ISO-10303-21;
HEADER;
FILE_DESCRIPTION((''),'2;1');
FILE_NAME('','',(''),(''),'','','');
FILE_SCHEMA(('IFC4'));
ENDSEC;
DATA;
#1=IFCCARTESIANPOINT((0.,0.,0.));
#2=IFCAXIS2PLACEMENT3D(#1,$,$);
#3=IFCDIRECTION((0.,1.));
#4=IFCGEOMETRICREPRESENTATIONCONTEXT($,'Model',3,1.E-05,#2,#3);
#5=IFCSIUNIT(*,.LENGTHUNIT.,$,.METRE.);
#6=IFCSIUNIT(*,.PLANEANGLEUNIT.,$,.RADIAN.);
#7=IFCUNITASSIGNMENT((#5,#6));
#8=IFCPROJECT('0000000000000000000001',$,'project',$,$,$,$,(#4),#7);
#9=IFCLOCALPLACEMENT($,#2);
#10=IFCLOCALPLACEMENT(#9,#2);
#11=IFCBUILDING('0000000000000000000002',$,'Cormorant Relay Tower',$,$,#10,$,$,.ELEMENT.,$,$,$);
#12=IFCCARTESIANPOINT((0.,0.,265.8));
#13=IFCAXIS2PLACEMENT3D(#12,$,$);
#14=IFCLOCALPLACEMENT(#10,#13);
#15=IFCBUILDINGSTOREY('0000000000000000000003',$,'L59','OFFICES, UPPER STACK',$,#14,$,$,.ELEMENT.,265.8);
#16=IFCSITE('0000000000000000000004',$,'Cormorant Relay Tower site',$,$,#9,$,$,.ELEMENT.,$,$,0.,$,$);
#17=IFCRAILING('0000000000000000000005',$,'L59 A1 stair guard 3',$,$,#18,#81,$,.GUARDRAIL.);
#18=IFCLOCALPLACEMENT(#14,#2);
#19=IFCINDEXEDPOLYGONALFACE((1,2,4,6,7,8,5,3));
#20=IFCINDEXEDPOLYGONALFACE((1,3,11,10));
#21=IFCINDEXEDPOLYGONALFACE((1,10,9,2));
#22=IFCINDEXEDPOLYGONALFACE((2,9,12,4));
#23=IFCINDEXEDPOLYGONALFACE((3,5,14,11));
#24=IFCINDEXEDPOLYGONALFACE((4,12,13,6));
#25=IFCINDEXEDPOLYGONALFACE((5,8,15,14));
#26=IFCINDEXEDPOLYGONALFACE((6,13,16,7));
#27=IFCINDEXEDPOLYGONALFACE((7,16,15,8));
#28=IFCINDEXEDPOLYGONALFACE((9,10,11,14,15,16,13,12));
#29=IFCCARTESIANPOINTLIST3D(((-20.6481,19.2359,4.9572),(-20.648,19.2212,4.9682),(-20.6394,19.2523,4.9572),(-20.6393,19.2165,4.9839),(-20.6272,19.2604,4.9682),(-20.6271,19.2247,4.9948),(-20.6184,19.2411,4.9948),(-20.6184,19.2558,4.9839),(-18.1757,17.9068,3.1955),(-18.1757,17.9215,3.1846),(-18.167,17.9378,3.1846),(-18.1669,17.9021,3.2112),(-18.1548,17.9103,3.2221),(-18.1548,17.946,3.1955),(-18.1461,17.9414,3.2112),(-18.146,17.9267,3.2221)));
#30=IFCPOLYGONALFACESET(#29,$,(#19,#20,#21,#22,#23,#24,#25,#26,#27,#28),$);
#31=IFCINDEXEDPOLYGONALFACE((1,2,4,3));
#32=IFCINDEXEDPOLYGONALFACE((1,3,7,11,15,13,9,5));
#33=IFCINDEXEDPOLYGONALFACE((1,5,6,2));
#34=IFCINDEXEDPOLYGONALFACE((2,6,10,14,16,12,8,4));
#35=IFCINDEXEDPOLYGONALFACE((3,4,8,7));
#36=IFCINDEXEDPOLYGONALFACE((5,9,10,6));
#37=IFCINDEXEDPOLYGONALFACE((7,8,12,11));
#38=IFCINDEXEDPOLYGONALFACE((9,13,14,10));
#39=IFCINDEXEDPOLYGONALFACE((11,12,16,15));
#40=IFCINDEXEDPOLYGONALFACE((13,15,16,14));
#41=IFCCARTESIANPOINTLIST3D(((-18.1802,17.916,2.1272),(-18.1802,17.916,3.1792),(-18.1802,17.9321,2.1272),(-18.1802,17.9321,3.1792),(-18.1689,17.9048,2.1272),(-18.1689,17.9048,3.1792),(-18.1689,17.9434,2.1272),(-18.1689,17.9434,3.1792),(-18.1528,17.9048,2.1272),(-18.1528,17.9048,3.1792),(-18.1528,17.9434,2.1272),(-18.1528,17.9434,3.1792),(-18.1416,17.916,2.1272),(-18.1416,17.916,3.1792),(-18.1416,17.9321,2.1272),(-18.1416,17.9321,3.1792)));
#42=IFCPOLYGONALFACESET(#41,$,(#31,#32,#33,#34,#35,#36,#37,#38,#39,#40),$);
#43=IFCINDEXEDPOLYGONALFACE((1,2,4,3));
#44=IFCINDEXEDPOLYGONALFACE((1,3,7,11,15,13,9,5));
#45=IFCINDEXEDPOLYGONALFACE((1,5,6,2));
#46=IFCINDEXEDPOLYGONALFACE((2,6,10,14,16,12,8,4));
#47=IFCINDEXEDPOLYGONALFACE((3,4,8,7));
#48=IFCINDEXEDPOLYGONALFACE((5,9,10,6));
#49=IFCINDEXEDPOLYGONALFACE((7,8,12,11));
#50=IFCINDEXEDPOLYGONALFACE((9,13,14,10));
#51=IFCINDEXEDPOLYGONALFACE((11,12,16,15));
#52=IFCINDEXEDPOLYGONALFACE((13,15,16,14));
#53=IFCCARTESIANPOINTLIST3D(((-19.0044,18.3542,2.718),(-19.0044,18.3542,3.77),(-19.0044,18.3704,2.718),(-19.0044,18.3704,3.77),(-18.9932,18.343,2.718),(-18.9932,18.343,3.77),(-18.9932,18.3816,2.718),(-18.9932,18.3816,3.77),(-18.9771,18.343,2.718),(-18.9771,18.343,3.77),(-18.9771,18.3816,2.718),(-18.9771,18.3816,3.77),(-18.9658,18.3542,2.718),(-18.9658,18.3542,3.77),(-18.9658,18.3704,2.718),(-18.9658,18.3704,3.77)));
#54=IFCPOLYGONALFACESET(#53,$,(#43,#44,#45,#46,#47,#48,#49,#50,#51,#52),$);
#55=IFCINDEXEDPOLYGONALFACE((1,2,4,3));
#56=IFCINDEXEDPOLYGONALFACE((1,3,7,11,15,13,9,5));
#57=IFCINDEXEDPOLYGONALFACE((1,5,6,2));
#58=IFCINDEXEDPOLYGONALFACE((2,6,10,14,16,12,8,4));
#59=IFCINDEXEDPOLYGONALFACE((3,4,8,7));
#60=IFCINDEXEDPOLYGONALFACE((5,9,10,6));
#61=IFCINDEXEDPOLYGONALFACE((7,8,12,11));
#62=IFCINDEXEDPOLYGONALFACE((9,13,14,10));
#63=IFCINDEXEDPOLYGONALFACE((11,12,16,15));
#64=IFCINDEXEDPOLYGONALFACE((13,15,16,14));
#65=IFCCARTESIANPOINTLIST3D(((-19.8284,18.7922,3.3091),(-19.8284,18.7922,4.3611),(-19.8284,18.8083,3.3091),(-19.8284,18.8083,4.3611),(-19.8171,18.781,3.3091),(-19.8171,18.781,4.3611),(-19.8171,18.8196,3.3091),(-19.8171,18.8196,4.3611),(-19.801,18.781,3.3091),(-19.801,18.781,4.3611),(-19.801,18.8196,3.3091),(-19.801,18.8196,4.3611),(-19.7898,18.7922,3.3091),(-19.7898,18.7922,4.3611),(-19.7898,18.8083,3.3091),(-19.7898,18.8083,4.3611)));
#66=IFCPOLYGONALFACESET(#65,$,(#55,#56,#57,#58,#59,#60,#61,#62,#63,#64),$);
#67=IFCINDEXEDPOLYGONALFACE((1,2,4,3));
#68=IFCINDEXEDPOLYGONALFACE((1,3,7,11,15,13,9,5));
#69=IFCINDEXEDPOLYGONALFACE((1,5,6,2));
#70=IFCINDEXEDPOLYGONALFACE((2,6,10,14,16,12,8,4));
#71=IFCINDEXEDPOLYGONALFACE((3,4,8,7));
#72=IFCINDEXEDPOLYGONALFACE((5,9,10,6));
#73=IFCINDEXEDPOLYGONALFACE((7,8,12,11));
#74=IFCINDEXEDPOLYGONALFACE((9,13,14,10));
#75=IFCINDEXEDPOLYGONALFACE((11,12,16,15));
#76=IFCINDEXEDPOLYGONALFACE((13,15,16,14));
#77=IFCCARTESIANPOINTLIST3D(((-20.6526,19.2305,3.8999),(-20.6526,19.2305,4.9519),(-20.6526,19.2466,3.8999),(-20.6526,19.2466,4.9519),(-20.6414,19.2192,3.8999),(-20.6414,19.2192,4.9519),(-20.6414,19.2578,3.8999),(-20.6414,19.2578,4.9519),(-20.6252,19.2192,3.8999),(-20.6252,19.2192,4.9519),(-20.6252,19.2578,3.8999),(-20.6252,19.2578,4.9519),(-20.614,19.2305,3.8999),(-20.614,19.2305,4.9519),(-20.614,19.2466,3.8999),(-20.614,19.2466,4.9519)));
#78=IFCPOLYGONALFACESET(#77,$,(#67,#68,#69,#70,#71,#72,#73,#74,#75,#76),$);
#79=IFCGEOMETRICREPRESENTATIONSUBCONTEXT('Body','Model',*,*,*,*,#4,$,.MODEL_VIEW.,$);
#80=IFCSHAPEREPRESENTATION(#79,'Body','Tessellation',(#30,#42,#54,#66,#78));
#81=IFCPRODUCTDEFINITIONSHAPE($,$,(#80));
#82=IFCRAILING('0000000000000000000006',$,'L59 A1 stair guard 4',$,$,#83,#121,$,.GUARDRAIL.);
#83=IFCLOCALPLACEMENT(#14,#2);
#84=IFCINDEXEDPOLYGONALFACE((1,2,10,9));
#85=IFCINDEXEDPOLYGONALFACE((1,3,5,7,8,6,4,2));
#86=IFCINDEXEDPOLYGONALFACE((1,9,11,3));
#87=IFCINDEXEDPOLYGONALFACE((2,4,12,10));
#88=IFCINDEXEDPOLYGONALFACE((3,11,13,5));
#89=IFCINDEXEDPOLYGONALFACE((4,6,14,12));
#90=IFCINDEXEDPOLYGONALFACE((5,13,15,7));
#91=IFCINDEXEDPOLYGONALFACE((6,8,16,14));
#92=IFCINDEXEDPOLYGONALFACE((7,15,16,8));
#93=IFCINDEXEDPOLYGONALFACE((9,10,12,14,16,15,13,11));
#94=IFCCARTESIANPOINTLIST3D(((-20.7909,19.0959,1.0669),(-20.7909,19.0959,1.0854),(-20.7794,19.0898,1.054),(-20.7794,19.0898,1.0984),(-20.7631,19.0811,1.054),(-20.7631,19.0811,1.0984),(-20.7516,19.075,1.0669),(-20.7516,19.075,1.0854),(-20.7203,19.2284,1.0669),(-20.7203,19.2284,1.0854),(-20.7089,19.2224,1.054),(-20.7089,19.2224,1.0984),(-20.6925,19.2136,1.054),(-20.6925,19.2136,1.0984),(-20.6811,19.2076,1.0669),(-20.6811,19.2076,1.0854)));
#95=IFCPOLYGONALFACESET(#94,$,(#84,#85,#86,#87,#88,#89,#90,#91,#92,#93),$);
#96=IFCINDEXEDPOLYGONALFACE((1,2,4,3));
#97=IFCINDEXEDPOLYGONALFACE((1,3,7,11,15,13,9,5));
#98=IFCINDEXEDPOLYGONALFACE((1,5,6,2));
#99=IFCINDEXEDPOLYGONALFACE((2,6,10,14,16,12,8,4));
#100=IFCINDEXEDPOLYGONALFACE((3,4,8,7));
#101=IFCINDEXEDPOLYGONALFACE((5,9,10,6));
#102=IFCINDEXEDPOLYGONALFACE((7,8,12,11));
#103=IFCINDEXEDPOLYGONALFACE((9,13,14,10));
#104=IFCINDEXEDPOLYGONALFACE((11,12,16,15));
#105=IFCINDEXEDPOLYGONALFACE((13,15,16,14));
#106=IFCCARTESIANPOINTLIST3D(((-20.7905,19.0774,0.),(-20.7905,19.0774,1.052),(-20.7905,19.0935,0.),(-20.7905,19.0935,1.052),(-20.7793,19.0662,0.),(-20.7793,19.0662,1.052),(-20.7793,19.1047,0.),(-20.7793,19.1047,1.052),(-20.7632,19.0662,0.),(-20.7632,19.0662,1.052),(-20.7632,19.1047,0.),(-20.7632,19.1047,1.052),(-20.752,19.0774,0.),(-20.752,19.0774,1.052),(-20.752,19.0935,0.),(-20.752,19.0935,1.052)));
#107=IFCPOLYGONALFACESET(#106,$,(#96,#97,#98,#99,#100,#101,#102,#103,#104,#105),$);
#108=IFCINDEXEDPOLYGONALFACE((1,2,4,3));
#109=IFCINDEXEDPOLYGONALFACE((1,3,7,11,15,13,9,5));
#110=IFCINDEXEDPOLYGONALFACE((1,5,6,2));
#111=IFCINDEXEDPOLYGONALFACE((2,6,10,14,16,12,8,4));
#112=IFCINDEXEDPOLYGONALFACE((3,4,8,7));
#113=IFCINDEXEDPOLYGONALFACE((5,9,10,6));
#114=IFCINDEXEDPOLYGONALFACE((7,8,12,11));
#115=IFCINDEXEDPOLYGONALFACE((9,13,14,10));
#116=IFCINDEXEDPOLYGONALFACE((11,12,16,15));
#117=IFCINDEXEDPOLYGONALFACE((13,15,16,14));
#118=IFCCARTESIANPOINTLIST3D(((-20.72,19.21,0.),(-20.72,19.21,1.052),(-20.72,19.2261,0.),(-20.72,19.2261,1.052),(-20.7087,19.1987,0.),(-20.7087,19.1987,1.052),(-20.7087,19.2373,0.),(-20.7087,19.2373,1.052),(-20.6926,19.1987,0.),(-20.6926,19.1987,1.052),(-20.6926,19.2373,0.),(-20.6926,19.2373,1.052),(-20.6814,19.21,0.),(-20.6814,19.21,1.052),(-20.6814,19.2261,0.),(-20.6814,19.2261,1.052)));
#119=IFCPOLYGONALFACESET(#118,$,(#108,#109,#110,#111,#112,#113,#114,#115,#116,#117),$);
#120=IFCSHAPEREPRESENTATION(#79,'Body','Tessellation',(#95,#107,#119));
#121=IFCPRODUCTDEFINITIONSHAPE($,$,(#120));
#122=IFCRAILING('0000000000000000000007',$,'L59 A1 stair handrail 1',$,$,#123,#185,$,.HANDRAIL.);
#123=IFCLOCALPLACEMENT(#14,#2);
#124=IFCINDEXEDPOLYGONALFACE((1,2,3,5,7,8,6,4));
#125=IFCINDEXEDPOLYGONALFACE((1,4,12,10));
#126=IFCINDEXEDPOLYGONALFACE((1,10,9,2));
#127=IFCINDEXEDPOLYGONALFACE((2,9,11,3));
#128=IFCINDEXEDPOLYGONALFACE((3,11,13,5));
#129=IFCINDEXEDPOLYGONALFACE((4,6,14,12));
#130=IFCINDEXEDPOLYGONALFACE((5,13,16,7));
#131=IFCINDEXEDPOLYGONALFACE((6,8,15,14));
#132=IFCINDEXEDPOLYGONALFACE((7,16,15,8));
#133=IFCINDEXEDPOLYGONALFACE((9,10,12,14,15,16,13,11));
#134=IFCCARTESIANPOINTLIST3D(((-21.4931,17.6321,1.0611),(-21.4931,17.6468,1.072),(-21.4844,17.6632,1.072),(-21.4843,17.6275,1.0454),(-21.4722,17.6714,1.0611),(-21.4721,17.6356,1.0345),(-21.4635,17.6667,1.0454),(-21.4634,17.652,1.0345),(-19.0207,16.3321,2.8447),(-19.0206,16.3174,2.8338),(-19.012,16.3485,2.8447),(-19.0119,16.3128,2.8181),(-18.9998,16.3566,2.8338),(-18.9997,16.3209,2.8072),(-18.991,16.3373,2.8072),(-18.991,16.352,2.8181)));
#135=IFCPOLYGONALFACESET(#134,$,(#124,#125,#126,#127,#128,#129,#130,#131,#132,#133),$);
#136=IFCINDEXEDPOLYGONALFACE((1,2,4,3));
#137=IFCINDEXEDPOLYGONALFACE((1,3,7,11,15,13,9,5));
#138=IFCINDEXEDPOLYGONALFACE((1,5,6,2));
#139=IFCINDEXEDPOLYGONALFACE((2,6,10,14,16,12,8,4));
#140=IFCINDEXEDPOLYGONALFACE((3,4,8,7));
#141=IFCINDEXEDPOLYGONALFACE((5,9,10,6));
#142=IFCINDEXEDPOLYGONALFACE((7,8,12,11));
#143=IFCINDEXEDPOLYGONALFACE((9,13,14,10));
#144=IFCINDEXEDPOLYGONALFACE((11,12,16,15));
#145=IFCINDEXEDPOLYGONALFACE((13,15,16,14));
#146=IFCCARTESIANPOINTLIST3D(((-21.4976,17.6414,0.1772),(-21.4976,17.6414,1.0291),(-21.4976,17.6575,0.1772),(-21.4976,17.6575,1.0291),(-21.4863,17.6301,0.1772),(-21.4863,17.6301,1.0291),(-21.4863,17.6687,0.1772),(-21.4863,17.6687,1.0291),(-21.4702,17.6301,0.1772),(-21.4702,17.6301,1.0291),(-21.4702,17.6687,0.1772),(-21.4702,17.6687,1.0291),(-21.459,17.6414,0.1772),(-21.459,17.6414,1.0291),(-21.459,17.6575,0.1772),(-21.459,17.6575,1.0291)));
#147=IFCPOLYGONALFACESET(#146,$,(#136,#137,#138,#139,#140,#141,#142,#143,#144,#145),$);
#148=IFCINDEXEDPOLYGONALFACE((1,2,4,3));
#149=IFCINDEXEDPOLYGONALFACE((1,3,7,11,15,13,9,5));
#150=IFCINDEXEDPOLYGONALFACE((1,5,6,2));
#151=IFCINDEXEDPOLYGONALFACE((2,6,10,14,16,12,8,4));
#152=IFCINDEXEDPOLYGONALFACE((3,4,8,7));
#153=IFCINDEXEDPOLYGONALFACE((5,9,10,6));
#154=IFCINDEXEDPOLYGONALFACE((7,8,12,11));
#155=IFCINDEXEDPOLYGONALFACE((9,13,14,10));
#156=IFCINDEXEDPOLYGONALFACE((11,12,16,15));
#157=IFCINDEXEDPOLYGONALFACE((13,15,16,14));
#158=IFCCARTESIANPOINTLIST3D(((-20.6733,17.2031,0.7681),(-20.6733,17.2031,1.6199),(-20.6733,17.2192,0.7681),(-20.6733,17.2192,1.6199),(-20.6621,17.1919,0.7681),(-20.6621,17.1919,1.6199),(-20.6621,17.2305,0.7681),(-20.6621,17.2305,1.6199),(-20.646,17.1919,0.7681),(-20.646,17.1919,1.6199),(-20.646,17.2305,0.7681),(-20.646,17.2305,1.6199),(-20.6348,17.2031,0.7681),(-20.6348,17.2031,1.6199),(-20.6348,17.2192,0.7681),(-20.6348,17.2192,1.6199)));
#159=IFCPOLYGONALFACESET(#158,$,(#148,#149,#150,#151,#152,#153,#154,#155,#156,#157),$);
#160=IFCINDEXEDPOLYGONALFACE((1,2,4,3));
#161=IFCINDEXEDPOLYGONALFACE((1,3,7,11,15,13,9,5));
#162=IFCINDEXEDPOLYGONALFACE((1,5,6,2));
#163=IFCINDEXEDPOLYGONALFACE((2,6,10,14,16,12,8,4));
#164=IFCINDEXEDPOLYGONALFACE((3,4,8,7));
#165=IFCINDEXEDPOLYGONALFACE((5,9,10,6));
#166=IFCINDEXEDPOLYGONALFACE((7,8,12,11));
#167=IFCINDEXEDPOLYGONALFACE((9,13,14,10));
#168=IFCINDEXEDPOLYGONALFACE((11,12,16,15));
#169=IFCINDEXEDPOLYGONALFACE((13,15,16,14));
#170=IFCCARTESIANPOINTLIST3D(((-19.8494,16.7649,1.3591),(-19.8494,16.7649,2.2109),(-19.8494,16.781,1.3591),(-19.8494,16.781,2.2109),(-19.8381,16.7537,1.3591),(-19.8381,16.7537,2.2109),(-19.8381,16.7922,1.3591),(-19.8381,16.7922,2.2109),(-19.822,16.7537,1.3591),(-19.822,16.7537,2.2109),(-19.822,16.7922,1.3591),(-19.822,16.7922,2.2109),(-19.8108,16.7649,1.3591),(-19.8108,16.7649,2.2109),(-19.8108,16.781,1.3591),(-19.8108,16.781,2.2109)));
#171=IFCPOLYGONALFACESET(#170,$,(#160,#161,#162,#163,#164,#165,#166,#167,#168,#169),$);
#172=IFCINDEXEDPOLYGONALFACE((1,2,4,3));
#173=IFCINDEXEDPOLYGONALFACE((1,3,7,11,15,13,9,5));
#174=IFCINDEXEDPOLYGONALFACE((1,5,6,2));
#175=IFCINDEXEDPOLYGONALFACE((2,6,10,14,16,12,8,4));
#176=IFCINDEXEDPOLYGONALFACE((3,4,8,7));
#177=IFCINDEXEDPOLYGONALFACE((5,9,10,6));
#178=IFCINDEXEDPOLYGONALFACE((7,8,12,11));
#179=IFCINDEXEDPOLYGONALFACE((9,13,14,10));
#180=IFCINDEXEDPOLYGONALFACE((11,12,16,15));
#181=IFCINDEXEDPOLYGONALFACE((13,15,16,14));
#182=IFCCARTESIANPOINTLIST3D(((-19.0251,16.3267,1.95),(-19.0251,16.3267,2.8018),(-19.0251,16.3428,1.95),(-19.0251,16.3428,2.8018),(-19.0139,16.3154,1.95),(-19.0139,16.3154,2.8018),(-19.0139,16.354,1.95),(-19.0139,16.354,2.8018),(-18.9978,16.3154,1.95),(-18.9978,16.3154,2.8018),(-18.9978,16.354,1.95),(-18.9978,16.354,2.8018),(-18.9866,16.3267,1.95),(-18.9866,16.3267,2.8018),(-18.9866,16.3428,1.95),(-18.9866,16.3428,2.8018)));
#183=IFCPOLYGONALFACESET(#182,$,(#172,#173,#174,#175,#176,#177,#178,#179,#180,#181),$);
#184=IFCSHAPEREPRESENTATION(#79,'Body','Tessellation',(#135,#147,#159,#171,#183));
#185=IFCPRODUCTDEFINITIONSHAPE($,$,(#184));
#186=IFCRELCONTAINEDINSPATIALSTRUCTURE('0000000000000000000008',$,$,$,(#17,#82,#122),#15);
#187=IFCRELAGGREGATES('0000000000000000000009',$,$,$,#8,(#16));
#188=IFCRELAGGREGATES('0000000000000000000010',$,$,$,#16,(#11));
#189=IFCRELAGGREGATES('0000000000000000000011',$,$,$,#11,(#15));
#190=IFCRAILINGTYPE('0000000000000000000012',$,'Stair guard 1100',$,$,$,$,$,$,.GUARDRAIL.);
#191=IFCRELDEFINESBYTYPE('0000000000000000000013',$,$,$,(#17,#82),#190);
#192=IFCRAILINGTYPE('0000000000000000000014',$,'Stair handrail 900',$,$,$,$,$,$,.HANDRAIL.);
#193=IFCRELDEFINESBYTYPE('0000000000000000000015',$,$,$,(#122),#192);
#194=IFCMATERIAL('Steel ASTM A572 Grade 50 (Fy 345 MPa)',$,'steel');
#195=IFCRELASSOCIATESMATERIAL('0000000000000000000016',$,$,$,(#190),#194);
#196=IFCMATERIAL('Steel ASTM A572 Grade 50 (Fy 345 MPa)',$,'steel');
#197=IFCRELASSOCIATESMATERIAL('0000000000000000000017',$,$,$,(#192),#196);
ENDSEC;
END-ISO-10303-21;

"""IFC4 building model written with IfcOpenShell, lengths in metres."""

from ifc_helpers import new_model, si_unit, direction, frame, origin, place, context, subcontext, project, spatial, polyline, outline, extrude, material, type_object, element, save


model = new_model("IFC4")

# Units and contexts
model_context = context("Model", 3, precision=1e-05, world=origin(), true_north=direction((0.0, 1.0)))
body_context = subcontext(model_context, "Body", "Model", "MODEL_VIEW")
ifc_project = project(units=[si_unit("LENGTHUNIT", "METRE"), si_unit("PLANEANGLEUNIT", "RADIAN")], contexts=[model_context])

# Site, building, storey
site_placement = place(None, origin())
site = spatial("IfcSite", under=ifc_project, at=site_placement, Name="Cormorant Relay Tower site", CompositionType="ELEMENT", RefElevation=0.0)
building_placement = place(site_placement, origin())
building = spatial("IfcBuilding", under=site, at=building_placement, Name="Cormorant Relay Tower", CompositionType="ELEMENT")
storey_placement = place(building_placement, frame((0.0, 0.0, 265.8)))
storey = spatial("IfcBuildingStorey", under=building, at=storey_placement, Name="L59", Description="OFFICES, UPPER STACK", CompositionType="ELEMENT", Elevation=265.8)

# Railings
ifc_material_1 = material(Name="Steel ASTM A572 Grade 50 (Fy 345 MPa)", Category="steel")
railing_type_1 = type_object("IfcRailingType", Name="Stair guard 1100", PredefinedType="GUARDRAIL", material=ifc_material_1)
railing_1_placement = place(storey_placement, frame((-18.1609, 17.9241, 2.1272)))
element("IfcRailing", 1, at=railing_1_placement, inside=storey, type_object=railing_type_1, Name="L59 A1 stair guard 3", PredefinedType="GUARDRAIL", context=body_context, shape_type="SweptSolid", body=[
    extrude(outline(polyline([(0.0222, 0.0093), (0.0093, 0.0222), (-0.0093, 0.0222), (-0.0222, 0.0093), (-0.0222, -0.0093), (-0.0093, -0.0222), (0.0093, -0.0222), (0.0222, -0.0093), (0.0222, 0.0093)])), frame((0.0, 0.0, 1.0762), z_axis=(-0.746034, 0.396627, 0.534902), x_axis=(-0.469429, -0.88297, 0.0)), (0.0, 0.0, 1.0), 3.314),
    extrude(outline(polyline([(0.0193, 0.0081), (0.0081, 0.0193), (-0.0081, 0.0193), (-0.0193, 0.0081), (-0.0193, -0.0081), (-0.0081, -0.0193), (0.0081, -0.0193), (0.0193, -0.0081), (0.0193, 0.0081)])), origin(), (0.0, 0.0, 1.0), 1.052),
    extrude(outline(polyline([(0.0193, 0.0081), (0.0081, 0.0193), (-0.0081, 0.0193), (-0.0193, 0.0081), (-0.0193, -0.0081), (-0.0081, -0.0193), (0.0081, -0.0193), (0.0193, -0.0081), (0.0193, 0.0081)])), frame((-0.8242, 0.4382, 0.5908)), (0.0, 0.0, 1.0), 1.052),
    extrude(outline(polyline([(0.0193, 0.0081), (0.0081, 0.0193), (-0.0081, 0.0193), (-0.0193, 0.0081), (-0.0193, -0.0081), (-0.0081, -0.0193), (0.0081, -0.0193), (0.0193, -0.0081), (0.0193, 0.0081)])), frame((-1.6482, 0.8762, 1.1819)), (0.0, 0.0, 1.0), 1.052),
    extrude(outline(polyline([(0.0193, 0.0081), (0.0081, 0.0193), (-0.0081, 0.0193), (-0.0193, 0.0081), (-0.0193, -0.0081), (-0.0081, -0.0193), (0.0081, -0.0193), (0.0193, -0.0081), (0.0193, 0.0081)])), frame((-2.4724, 1.3145, 1.7727)), (0.0, 0.0, 1.0), 1.052),
])
railing_2_placement = place(storey_placement, frame((-20.7712, 19.0854, 0.0)))
element("IfcRailing", 2, at=railing_2_placement, inside=storey, type_object=railing_type_1, Name="L59 A1 stair guard 4", PredefinedType="GUARDRAIL", context=body_context, shape_type="SweptSolid", body=[
    extrude(outline(polyline([(0.0222, 0.0093), (0.0093, 0.0222), (-0.0093, 0.0222), (-0.0222, 0.0093), (-0.0222, -0.0093), (-0.0093, -0.0222), (0.0093, -0.0222), (0.0222, -0.0093), (0.0222, 0.0093)])), frame((0.0, 0.0, 1.0762), z_axis=(0.469829, 0.882758, 0.0), x_axis=(-0.882758, 0.469829, 0.0)), (0.0, 0.0, 1.0), 0.1501),
    extrude(outline(polyline([(0.0193, 0.0081), (0.0081, 0.0193), (-0.0081, 0.0193), (-0.0193, 0.0081), (-0.0193, -0.0081), (-0.0081, -0.0193), (0.0081, -0.0193), (0.0193, -0.0081), (0.0193, 0.0081)])), origin(), (0.0, 0.0, 1.0), 1.052),
    extrude(outline(polyline([(0.0193, 0.0081), (0.0081, 0.0193), (-0.0081, 0.0193), (-0.0193, 0.0081), (-0.0193, -0.0081), (-0.0081, -0.0193), (0.0081, -0.0193), (0.0193, -0.0081), (0.0193, 0.0081)])), frame((0.0706, 0.1326, 0.0)), (0.0, 0.0, 1.0), 1.052),
])
ifc_material_2 = material(Name="Steel ASTM A572 Grade 50 (Fy 345 MPa)", Category="steel")
railing_type_2 = type_object("IfcRailingType", Name="Stair handrail 900", PredefinedType="HANDRAIL", material=ifc_material_2)
railing_3_placement = place(storey_placement, frame((-21.4783, 17.6494, 0.1772)))
element("IfcRailing", 3, at=railing_3_placement, inside=storey, type_object=railing_type_2, Name="L59 A1 stair handrail 1", PredefinedType="HANDRAIL", context=body_context, shape_type="SweptSolid", body=[
    extrude(outline(polyline([(0.0222, 0.0093), (0.0093, 0.0222), (-0.0093, 0.0222), (-0.0222, 0.0093), (-0.0222, -0.0093), (-0.0093, -0.0222), (0.0093, -0.0222), (0.0222, -0.0093), (0.0222, 0.0093)])), frame((0.0, 0.0, 0.876), z_axis=(0.746012, -0.39669, 0.534886), x_axis=(0.469497, 0.882934, 0.0)), (0.0, 0.0, 1.0), 3.3142),
    extrude(outline(polyline([(0.0193, 0.0081), (0.0081, 0.0193), (-0.0081, 0.0193), (-0.0193, 0.0081), (-0.0193, -0.0081), (-0.0081, -0.0193), (0.0081, -0.0193), (0.0193, -0.0081), (0.0193, 0.0081)])), origin(), (0.0, 0.0, 1.0), 0.8518),
    extrude(outline(polyline([(0.0193, 0.0081), (0.0081, 0.0193), (-0.0081, 0.0193), (-0.0193, 0.0081), (-0.0193, -0.0081), (-0.0081, -0.0193), (0.0081, -0.0193), (0.0193, -0.0081), (0.0193, 0.0081)])), frame((0.8242, -0.4382, 0.5908)), (0.0, 0.0, 1.0), 0.8518),
    extrude(outline(polyline([(0.0193, 0.0081), (0.0081, 0.0193), (-0.0081, 0.0193), (-0.0193, 0.0081), (-0.0193, -0.0081), (-0.0081, -0.0193), (0.0081, -0.0193), (0.0193, -0.0081), (0.0193, 0.0081)])), frame((1.6482, -0.8765, 1.1819)), (0.0, 0.0, 1.0), 0.8518),
    extrude(outline(polyline([(0.0193, 0.0081), (0.0081, 0.0193), (-0.0081, 0.0193), (-0.0193, 0.0081), (-0.0193, -0.0081), (-0.0081, -0.0193), (0.0081, -0.0193), (0.0193, -0.0081), (0.0193, 0.0081)])), frame((2.4724, -1.3147, 1.7727)), (0.0, 0.0, 1.0), 0.8518),
])

save(model, "model.ifc")
